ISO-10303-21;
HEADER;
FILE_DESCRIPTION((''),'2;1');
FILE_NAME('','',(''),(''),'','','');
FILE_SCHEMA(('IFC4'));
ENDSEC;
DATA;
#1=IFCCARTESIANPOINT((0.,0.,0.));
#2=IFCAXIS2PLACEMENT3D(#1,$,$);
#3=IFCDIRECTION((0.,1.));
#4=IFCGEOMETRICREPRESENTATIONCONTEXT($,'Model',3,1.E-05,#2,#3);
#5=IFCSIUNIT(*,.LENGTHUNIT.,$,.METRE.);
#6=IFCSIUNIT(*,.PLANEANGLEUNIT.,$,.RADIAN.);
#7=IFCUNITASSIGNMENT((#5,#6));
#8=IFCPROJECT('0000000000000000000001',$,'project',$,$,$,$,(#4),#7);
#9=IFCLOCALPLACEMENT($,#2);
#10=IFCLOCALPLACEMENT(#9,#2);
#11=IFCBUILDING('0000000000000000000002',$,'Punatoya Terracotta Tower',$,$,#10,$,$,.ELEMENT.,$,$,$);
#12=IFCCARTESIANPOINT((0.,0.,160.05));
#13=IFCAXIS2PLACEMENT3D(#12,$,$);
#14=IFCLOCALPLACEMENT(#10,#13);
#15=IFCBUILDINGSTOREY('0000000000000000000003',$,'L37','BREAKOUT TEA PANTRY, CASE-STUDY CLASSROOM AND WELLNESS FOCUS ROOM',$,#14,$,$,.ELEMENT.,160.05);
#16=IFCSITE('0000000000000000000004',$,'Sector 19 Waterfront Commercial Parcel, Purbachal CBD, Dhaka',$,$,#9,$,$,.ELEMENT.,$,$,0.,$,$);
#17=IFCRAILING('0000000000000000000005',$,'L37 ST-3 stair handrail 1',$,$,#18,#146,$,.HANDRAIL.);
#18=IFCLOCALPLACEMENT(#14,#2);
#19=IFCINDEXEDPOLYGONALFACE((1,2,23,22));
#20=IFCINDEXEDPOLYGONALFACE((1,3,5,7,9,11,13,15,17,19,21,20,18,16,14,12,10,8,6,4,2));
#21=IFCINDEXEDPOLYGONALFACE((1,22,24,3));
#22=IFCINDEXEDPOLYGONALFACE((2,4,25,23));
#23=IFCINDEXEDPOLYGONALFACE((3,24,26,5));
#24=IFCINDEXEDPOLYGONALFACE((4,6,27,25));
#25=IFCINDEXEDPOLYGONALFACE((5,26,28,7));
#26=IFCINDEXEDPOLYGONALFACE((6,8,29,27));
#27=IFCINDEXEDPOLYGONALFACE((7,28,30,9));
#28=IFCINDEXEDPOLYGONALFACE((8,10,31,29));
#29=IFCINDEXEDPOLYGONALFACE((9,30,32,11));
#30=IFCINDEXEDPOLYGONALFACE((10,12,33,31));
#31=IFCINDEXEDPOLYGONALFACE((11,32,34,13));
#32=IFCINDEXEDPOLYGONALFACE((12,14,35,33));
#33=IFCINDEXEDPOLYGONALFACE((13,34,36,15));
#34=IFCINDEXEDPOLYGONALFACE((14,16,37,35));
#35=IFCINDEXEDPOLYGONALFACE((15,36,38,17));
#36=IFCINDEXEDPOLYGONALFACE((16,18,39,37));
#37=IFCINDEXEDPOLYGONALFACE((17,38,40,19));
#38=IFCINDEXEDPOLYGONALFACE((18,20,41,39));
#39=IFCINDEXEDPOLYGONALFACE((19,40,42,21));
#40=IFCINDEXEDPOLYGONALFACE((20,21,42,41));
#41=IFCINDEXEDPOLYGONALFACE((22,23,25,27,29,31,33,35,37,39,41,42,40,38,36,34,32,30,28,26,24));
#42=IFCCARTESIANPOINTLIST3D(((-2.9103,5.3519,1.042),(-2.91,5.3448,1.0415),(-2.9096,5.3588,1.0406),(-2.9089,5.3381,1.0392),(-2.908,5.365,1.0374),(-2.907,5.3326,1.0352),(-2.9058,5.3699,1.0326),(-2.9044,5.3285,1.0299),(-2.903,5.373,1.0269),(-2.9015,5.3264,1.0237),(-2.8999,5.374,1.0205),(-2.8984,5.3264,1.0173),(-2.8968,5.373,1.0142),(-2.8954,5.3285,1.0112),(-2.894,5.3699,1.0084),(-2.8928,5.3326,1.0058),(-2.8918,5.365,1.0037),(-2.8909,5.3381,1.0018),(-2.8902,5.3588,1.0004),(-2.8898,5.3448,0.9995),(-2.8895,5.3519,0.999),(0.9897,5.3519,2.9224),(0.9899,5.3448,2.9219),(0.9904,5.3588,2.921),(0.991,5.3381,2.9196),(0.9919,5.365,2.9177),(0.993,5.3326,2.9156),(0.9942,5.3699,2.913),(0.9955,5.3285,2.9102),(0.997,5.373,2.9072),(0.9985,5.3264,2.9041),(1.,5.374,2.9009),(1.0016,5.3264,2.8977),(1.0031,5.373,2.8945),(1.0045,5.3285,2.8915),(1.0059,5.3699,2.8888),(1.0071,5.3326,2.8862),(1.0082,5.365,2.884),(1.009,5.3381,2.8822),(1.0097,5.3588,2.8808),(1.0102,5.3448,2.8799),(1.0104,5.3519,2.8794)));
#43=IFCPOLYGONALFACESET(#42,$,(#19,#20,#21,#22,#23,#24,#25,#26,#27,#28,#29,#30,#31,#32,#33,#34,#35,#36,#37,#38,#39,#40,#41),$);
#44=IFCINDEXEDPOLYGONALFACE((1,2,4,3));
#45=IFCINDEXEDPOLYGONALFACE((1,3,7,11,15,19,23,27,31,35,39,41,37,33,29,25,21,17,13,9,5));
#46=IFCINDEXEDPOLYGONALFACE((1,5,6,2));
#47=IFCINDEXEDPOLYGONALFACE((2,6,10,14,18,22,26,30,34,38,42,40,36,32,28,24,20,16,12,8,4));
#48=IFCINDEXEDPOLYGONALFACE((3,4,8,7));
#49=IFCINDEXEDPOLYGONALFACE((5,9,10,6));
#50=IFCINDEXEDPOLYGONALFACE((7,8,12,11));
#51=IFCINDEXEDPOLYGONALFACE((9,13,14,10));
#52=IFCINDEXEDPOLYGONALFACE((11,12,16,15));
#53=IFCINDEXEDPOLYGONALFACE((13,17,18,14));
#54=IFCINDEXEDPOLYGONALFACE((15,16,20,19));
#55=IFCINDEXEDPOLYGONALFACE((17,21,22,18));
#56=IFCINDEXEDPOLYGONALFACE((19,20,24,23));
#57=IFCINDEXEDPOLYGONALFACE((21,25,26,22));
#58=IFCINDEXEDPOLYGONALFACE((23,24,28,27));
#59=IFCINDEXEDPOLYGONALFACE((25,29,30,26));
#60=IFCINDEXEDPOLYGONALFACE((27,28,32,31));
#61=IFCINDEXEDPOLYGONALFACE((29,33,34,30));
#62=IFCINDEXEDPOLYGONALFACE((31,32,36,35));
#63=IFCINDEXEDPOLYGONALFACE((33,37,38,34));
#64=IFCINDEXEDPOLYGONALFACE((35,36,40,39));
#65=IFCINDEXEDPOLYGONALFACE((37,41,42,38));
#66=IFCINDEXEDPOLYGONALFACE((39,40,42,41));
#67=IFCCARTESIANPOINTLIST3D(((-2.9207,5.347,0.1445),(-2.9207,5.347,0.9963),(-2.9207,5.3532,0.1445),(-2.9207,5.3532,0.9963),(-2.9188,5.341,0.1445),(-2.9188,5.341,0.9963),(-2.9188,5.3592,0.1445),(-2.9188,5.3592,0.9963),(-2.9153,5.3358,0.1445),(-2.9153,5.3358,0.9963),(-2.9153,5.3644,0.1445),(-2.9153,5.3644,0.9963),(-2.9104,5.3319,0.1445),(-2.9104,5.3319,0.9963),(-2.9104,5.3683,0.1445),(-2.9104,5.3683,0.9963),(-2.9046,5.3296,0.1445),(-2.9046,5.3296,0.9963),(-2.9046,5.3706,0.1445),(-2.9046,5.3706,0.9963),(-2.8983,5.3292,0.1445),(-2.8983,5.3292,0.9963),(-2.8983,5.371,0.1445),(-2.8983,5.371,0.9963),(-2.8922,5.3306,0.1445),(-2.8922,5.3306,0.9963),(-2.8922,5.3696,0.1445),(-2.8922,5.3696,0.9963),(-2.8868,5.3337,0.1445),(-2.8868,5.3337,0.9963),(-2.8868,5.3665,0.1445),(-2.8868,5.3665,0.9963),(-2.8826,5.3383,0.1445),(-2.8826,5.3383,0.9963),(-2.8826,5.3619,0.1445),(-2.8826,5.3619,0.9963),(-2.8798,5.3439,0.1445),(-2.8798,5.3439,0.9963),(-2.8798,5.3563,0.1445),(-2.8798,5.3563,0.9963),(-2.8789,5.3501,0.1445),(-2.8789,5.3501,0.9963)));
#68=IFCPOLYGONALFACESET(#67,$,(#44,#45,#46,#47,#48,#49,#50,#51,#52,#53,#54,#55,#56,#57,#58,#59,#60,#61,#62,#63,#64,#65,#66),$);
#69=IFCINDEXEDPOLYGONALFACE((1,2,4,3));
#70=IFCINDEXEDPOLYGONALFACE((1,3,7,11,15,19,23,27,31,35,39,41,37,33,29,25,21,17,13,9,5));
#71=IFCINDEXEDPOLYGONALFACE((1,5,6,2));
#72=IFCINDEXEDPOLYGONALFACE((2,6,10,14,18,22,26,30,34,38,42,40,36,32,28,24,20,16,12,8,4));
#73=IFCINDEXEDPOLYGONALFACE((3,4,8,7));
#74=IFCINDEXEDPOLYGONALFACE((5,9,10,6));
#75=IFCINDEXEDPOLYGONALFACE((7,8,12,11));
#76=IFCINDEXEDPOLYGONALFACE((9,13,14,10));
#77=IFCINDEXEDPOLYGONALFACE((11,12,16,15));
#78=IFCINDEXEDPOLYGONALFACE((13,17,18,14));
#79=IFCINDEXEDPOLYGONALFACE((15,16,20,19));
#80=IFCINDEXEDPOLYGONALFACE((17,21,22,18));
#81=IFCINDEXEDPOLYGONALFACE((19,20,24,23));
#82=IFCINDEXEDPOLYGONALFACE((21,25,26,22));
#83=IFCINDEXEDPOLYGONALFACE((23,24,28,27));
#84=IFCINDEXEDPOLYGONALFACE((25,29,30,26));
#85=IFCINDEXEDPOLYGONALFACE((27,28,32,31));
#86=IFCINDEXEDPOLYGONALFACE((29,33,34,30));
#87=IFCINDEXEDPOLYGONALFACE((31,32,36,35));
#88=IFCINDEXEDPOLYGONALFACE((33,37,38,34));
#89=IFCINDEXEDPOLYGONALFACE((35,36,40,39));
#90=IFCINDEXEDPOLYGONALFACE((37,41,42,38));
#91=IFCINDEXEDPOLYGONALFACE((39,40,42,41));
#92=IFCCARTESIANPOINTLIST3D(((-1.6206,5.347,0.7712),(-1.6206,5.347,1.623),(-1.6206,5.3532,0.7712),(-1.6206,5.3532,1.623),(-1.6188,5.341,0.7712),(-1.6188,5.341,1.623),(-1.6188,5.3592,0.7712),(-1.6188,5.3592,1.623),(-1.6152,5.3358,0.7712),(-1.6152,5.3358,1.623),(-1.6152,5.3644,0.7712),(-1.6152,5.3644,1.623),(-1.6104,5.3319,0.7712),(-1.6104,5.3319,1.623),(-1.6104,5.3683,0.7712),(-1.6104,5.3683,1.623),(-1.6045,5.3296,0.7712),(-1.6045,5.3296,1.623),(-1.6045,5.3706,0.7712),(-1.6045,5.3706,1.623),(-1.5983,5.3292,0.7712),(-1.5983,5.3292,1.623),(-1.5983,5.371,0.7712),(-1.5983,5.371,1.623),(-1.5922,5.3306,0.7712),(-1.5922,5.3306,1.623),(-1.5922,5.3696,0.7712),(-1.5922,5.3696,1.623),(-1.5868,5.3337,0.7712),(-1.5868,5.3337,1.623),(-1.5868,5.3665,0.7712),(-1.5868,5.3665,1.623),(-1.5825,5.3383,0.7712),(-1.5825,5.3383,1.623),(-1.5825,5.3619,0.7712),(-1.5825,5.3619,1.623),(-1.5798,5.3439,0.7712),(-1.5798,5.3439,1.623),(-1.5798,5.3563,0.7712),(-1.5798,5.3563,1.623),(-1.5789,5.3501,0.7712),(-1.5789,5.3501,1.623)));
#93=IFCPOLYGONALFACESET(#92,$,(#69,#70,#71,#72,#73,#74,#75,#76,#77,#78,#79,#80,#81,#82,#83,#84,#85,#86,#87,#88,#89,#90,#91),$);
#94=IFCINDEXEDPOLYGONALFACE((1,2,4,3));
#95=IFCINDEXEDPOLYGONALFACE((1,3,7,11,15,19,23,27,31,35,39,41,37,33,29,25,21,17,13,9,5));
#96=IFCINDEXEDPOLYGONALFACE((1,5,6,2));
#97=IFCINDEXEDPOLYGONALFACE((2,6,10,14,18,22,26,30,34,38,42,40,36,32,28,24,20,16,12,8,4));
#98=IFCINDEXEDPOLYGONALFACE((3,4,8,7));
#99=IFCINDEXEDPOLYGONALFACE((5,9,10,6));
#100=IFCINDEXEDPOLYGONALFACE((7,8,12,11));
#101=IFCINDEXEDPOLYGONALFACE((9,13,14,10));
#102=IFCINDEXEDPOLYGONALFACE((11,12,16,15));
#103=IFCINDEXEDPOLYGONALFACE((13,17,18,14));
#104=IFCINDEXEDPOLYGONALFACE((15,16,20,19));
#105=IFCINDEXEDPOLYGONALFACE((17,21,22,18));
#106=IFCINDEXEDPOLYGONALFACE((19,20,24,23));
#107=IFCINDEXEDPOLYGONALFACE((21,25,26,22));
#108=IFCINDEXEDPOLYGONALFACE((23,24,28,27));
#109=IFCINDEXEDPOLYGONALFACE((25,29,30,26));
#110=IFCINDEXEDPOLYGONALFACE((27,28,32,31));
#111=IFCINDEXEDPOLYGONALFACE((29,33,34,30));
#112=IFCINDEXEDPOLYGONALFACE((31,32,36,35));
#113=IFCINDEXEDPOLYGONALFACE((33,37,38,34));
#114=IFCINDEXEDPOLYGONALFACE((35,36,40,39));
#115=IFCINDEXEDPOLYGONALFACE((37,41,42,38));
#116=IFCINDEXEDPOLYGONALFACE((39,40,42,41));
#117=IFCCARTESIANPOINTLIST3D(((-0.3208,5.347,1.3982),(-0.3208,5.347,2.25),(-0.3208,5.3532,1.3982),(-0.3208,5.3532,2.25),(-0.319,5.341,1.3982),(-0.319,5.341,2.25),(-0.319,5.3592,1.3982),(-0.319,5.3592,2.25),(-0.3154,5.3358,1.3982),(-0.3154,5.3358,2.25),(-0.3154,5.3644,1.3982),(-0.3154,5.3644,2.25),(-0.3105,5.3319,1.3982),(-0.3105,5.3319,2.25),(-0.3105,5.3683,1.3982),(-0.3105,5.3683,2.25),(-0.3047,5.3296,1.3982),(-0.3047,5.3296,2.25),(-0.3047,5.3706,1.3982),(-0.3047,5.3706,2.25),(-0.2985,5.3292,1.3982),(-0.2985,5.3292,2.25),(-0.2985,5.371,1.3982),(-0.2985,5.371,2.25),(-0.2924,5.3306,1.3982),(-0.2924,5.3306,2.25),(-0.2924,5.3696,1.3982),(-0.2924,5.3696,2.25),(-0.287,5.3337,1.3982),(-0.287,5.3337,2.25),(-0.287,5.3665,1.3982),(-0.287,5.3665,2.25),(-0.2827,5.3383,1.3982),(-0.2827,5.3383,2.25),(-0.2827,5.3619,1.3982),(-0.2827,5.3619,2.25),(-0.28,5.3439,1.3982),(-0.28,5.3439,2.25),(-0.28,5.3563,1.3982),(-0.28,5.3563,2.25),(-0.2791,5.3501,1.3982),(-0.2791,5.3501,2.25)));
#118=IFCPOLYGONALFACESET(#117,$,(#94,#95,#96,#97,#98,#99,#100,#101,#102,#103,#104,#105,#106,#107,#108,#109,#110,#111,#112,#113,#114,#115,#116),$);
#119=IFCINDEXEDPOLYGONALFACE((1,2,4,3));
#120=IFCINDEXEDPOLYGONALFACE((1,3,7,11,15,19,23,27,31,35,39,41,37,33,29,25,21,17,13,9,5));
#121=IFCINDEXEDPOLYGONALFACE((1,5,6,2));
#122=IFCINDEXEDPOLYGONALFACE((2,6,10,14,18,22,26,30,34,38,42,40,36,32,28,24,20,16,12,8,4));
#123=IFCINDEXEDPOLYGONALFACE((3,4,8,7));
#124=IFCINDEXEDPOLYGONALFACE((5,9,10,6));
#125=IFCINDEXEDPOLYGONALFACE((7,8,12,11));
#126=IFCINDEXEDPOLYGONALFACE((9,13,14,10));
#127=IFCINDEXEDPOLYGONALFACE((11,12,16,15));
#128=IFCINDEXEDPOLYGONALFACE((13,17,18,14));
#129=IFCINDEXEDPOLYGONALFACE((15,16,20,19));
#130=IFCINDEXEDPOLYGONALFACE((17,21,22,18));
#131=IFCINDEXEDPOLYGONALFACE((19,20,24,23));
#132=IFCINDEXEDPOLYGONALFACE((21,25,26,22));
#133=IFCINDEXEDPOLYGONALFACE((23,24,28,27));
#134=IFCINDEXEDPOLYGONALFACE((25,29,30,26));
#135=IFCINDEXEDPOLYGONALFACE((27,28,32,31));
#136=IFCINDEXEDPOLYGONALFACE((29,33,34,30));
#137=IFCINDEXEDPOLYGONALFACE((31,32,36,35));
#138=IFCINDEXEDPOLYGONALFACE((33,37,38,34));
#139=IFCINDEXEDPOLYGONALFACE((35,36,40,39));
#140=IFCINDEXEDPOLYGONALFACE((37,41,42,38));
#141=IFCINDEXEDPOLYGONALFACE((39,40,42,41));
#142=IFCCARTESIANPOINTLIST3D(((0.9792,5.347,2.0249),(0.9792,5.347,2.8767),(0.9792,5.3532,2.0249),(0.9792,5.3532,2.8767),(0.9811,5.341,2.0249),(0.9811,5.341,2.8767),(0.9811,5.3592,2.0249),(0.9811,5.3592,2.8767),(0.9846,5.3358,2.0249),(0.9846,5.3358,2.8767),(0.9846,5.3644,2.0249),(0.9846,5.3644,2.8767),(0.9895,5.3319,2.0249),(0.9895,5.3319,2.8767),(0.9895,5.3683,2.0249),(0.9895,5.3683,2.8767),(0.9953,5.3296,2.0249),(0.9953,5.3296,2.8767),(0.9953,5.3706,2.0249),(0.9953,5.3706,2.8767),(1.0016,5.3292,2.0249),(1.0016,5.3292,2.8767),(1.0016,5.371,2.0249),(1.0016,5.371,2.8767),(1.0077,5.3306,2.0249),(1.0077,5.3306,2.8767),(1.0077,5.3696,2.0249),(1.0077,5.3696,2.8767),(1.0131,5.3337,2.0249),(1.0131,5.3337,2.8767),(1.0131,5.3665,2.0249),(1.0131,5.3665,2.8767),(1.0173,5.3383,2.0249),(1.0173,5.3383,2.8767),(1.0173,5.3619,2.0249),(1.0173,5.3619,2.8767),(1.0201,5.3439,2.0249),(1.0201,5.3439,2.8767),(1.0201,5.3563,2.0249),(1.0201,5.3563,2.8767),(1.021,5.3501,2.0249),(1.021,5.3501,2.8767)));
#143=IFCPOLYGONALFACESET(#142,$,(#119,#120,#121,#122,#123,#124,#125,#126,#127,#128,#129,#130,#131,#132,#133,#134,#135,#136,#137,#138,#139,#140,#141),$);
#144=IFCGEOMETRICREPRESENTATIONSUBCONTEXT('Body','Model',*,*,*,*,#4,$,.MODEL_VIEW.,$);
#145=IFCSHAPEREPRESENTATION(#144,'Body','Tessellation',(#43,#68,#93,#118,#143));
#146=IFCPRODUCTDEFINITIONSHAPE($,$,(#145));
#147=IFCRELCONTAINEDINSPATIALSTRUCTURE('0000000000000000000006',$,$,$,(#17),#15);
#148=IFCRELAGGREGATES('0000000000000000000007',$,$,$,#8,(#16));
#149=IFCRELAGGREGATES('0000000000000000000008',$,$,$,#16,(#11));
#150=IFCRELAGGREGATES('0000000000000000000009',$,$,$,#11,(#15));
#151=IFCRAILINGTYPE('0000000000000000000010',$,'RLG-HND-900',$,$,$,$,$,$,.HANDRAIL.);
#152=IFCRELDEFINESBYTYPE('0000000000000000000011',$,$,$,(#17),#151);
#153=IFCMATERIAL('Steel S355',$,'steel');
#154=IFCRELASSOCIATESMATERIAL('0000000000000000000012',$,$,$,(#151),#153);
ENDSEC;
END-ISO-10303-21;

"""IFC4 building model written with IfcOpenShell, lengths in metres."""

from ifc_helpers import new_model, si_unit, direction, frame, origin, origin_2d, place, context, subcontext, project, spatial, circle, extrude, material, type_object, element, save


model = new_model("IFC4")

# Units and contexts
model_context = context("Model", 3, precision=1e-05, world=origin(), true_north=direction((0.0, 1.0)))
body_context = subcontext(model_context, "Body", "Model", "MODEL_VIEW")
ifc_project = project(units=[si_unit("LENGTHUNIT", "METRE"), si_unit("PLANEANGLEUNIT", "RADIAN")], contexts=[model_context])

# Site, building, storey
site_placement = place(None, origin())
site = spatial("IfcSite", under=ifc_project, at=site_placement, Name="Sector 19 Waterfront Commercial Parcel, Purbachal CBD, Dhaka", CompositionType="ELEMENT", RefElevation=0.0)
building_placement = place(site_placement, origin())
building = spatial("IfcBuilding", under=site, at=building_placement, Name="Punatoya Terracotta Tower", CompositionType="ELEMENT")
storey_placement = place(building_placement, frame((0.0, 0.0, 160.05)))
storey = spatial("IfcBuildingStorey", under=building, at=storey_placement, Name="L37", Description="BREAKOUT TEA PANTRY, CASE-STUDY CLASSROOM AND WELLNESS FOCUS ROOM", CompositionType="ELEMENT", Elevation=160.05)

# Shared definitions
ifc_material_1 = material(Name="Steel S355", Category="steel")

# Railing
railing_type_1 = type_object("IfcRailingType", Name="RLG-HND-900", PredefinedType="HANDRAIL", material=ifc_material_1)
railing_1_placement = place(storey_placement, frame((-2.8999, 5.3501, 0.1445)))
element("IfcRailing", 1, at=railing_1_placement, inside=storey, type_object=railing_type_1, Name="L37 ST-3 stair handrail 1", PredefinedType="HANDRAIL", context=body_context, shape_type="SweptSolid", body=[
    extrude(circle(Radius=0.0239, at=origin_2d()), frame((0.0, 0.0, 0.876), z_axis=(0.900763, 0.0, 0.434311), x_axis=(0.0, 1.0, 0.0)), (0.0, 0.0, 1.0), 4.3296),
    extrude(circle(Radius=0.021, at=origin_2d()), origin(), (0.0, 0.0, 1.0), 0.8518),
    extrude(circle(Radius=0.021, at=origin_2d()), frame((1.3, 0.0, 0.6267)), (0.0, 0.0, 1.0), 0.8518),
    extrude(circle(Radius=0.021, at=origin_2d()), frame((2.5999, 0.0, 1.2537)), (0.0, 0.0, 1.0), 0.8518),
    extrude(circle(Radius=0.021, at=origin_2d()), frame((3.8999, 0.0, 1.8804)), (0.0, 0.0, 1.0), 0.8518),
])

save(model, "model.ifc")
